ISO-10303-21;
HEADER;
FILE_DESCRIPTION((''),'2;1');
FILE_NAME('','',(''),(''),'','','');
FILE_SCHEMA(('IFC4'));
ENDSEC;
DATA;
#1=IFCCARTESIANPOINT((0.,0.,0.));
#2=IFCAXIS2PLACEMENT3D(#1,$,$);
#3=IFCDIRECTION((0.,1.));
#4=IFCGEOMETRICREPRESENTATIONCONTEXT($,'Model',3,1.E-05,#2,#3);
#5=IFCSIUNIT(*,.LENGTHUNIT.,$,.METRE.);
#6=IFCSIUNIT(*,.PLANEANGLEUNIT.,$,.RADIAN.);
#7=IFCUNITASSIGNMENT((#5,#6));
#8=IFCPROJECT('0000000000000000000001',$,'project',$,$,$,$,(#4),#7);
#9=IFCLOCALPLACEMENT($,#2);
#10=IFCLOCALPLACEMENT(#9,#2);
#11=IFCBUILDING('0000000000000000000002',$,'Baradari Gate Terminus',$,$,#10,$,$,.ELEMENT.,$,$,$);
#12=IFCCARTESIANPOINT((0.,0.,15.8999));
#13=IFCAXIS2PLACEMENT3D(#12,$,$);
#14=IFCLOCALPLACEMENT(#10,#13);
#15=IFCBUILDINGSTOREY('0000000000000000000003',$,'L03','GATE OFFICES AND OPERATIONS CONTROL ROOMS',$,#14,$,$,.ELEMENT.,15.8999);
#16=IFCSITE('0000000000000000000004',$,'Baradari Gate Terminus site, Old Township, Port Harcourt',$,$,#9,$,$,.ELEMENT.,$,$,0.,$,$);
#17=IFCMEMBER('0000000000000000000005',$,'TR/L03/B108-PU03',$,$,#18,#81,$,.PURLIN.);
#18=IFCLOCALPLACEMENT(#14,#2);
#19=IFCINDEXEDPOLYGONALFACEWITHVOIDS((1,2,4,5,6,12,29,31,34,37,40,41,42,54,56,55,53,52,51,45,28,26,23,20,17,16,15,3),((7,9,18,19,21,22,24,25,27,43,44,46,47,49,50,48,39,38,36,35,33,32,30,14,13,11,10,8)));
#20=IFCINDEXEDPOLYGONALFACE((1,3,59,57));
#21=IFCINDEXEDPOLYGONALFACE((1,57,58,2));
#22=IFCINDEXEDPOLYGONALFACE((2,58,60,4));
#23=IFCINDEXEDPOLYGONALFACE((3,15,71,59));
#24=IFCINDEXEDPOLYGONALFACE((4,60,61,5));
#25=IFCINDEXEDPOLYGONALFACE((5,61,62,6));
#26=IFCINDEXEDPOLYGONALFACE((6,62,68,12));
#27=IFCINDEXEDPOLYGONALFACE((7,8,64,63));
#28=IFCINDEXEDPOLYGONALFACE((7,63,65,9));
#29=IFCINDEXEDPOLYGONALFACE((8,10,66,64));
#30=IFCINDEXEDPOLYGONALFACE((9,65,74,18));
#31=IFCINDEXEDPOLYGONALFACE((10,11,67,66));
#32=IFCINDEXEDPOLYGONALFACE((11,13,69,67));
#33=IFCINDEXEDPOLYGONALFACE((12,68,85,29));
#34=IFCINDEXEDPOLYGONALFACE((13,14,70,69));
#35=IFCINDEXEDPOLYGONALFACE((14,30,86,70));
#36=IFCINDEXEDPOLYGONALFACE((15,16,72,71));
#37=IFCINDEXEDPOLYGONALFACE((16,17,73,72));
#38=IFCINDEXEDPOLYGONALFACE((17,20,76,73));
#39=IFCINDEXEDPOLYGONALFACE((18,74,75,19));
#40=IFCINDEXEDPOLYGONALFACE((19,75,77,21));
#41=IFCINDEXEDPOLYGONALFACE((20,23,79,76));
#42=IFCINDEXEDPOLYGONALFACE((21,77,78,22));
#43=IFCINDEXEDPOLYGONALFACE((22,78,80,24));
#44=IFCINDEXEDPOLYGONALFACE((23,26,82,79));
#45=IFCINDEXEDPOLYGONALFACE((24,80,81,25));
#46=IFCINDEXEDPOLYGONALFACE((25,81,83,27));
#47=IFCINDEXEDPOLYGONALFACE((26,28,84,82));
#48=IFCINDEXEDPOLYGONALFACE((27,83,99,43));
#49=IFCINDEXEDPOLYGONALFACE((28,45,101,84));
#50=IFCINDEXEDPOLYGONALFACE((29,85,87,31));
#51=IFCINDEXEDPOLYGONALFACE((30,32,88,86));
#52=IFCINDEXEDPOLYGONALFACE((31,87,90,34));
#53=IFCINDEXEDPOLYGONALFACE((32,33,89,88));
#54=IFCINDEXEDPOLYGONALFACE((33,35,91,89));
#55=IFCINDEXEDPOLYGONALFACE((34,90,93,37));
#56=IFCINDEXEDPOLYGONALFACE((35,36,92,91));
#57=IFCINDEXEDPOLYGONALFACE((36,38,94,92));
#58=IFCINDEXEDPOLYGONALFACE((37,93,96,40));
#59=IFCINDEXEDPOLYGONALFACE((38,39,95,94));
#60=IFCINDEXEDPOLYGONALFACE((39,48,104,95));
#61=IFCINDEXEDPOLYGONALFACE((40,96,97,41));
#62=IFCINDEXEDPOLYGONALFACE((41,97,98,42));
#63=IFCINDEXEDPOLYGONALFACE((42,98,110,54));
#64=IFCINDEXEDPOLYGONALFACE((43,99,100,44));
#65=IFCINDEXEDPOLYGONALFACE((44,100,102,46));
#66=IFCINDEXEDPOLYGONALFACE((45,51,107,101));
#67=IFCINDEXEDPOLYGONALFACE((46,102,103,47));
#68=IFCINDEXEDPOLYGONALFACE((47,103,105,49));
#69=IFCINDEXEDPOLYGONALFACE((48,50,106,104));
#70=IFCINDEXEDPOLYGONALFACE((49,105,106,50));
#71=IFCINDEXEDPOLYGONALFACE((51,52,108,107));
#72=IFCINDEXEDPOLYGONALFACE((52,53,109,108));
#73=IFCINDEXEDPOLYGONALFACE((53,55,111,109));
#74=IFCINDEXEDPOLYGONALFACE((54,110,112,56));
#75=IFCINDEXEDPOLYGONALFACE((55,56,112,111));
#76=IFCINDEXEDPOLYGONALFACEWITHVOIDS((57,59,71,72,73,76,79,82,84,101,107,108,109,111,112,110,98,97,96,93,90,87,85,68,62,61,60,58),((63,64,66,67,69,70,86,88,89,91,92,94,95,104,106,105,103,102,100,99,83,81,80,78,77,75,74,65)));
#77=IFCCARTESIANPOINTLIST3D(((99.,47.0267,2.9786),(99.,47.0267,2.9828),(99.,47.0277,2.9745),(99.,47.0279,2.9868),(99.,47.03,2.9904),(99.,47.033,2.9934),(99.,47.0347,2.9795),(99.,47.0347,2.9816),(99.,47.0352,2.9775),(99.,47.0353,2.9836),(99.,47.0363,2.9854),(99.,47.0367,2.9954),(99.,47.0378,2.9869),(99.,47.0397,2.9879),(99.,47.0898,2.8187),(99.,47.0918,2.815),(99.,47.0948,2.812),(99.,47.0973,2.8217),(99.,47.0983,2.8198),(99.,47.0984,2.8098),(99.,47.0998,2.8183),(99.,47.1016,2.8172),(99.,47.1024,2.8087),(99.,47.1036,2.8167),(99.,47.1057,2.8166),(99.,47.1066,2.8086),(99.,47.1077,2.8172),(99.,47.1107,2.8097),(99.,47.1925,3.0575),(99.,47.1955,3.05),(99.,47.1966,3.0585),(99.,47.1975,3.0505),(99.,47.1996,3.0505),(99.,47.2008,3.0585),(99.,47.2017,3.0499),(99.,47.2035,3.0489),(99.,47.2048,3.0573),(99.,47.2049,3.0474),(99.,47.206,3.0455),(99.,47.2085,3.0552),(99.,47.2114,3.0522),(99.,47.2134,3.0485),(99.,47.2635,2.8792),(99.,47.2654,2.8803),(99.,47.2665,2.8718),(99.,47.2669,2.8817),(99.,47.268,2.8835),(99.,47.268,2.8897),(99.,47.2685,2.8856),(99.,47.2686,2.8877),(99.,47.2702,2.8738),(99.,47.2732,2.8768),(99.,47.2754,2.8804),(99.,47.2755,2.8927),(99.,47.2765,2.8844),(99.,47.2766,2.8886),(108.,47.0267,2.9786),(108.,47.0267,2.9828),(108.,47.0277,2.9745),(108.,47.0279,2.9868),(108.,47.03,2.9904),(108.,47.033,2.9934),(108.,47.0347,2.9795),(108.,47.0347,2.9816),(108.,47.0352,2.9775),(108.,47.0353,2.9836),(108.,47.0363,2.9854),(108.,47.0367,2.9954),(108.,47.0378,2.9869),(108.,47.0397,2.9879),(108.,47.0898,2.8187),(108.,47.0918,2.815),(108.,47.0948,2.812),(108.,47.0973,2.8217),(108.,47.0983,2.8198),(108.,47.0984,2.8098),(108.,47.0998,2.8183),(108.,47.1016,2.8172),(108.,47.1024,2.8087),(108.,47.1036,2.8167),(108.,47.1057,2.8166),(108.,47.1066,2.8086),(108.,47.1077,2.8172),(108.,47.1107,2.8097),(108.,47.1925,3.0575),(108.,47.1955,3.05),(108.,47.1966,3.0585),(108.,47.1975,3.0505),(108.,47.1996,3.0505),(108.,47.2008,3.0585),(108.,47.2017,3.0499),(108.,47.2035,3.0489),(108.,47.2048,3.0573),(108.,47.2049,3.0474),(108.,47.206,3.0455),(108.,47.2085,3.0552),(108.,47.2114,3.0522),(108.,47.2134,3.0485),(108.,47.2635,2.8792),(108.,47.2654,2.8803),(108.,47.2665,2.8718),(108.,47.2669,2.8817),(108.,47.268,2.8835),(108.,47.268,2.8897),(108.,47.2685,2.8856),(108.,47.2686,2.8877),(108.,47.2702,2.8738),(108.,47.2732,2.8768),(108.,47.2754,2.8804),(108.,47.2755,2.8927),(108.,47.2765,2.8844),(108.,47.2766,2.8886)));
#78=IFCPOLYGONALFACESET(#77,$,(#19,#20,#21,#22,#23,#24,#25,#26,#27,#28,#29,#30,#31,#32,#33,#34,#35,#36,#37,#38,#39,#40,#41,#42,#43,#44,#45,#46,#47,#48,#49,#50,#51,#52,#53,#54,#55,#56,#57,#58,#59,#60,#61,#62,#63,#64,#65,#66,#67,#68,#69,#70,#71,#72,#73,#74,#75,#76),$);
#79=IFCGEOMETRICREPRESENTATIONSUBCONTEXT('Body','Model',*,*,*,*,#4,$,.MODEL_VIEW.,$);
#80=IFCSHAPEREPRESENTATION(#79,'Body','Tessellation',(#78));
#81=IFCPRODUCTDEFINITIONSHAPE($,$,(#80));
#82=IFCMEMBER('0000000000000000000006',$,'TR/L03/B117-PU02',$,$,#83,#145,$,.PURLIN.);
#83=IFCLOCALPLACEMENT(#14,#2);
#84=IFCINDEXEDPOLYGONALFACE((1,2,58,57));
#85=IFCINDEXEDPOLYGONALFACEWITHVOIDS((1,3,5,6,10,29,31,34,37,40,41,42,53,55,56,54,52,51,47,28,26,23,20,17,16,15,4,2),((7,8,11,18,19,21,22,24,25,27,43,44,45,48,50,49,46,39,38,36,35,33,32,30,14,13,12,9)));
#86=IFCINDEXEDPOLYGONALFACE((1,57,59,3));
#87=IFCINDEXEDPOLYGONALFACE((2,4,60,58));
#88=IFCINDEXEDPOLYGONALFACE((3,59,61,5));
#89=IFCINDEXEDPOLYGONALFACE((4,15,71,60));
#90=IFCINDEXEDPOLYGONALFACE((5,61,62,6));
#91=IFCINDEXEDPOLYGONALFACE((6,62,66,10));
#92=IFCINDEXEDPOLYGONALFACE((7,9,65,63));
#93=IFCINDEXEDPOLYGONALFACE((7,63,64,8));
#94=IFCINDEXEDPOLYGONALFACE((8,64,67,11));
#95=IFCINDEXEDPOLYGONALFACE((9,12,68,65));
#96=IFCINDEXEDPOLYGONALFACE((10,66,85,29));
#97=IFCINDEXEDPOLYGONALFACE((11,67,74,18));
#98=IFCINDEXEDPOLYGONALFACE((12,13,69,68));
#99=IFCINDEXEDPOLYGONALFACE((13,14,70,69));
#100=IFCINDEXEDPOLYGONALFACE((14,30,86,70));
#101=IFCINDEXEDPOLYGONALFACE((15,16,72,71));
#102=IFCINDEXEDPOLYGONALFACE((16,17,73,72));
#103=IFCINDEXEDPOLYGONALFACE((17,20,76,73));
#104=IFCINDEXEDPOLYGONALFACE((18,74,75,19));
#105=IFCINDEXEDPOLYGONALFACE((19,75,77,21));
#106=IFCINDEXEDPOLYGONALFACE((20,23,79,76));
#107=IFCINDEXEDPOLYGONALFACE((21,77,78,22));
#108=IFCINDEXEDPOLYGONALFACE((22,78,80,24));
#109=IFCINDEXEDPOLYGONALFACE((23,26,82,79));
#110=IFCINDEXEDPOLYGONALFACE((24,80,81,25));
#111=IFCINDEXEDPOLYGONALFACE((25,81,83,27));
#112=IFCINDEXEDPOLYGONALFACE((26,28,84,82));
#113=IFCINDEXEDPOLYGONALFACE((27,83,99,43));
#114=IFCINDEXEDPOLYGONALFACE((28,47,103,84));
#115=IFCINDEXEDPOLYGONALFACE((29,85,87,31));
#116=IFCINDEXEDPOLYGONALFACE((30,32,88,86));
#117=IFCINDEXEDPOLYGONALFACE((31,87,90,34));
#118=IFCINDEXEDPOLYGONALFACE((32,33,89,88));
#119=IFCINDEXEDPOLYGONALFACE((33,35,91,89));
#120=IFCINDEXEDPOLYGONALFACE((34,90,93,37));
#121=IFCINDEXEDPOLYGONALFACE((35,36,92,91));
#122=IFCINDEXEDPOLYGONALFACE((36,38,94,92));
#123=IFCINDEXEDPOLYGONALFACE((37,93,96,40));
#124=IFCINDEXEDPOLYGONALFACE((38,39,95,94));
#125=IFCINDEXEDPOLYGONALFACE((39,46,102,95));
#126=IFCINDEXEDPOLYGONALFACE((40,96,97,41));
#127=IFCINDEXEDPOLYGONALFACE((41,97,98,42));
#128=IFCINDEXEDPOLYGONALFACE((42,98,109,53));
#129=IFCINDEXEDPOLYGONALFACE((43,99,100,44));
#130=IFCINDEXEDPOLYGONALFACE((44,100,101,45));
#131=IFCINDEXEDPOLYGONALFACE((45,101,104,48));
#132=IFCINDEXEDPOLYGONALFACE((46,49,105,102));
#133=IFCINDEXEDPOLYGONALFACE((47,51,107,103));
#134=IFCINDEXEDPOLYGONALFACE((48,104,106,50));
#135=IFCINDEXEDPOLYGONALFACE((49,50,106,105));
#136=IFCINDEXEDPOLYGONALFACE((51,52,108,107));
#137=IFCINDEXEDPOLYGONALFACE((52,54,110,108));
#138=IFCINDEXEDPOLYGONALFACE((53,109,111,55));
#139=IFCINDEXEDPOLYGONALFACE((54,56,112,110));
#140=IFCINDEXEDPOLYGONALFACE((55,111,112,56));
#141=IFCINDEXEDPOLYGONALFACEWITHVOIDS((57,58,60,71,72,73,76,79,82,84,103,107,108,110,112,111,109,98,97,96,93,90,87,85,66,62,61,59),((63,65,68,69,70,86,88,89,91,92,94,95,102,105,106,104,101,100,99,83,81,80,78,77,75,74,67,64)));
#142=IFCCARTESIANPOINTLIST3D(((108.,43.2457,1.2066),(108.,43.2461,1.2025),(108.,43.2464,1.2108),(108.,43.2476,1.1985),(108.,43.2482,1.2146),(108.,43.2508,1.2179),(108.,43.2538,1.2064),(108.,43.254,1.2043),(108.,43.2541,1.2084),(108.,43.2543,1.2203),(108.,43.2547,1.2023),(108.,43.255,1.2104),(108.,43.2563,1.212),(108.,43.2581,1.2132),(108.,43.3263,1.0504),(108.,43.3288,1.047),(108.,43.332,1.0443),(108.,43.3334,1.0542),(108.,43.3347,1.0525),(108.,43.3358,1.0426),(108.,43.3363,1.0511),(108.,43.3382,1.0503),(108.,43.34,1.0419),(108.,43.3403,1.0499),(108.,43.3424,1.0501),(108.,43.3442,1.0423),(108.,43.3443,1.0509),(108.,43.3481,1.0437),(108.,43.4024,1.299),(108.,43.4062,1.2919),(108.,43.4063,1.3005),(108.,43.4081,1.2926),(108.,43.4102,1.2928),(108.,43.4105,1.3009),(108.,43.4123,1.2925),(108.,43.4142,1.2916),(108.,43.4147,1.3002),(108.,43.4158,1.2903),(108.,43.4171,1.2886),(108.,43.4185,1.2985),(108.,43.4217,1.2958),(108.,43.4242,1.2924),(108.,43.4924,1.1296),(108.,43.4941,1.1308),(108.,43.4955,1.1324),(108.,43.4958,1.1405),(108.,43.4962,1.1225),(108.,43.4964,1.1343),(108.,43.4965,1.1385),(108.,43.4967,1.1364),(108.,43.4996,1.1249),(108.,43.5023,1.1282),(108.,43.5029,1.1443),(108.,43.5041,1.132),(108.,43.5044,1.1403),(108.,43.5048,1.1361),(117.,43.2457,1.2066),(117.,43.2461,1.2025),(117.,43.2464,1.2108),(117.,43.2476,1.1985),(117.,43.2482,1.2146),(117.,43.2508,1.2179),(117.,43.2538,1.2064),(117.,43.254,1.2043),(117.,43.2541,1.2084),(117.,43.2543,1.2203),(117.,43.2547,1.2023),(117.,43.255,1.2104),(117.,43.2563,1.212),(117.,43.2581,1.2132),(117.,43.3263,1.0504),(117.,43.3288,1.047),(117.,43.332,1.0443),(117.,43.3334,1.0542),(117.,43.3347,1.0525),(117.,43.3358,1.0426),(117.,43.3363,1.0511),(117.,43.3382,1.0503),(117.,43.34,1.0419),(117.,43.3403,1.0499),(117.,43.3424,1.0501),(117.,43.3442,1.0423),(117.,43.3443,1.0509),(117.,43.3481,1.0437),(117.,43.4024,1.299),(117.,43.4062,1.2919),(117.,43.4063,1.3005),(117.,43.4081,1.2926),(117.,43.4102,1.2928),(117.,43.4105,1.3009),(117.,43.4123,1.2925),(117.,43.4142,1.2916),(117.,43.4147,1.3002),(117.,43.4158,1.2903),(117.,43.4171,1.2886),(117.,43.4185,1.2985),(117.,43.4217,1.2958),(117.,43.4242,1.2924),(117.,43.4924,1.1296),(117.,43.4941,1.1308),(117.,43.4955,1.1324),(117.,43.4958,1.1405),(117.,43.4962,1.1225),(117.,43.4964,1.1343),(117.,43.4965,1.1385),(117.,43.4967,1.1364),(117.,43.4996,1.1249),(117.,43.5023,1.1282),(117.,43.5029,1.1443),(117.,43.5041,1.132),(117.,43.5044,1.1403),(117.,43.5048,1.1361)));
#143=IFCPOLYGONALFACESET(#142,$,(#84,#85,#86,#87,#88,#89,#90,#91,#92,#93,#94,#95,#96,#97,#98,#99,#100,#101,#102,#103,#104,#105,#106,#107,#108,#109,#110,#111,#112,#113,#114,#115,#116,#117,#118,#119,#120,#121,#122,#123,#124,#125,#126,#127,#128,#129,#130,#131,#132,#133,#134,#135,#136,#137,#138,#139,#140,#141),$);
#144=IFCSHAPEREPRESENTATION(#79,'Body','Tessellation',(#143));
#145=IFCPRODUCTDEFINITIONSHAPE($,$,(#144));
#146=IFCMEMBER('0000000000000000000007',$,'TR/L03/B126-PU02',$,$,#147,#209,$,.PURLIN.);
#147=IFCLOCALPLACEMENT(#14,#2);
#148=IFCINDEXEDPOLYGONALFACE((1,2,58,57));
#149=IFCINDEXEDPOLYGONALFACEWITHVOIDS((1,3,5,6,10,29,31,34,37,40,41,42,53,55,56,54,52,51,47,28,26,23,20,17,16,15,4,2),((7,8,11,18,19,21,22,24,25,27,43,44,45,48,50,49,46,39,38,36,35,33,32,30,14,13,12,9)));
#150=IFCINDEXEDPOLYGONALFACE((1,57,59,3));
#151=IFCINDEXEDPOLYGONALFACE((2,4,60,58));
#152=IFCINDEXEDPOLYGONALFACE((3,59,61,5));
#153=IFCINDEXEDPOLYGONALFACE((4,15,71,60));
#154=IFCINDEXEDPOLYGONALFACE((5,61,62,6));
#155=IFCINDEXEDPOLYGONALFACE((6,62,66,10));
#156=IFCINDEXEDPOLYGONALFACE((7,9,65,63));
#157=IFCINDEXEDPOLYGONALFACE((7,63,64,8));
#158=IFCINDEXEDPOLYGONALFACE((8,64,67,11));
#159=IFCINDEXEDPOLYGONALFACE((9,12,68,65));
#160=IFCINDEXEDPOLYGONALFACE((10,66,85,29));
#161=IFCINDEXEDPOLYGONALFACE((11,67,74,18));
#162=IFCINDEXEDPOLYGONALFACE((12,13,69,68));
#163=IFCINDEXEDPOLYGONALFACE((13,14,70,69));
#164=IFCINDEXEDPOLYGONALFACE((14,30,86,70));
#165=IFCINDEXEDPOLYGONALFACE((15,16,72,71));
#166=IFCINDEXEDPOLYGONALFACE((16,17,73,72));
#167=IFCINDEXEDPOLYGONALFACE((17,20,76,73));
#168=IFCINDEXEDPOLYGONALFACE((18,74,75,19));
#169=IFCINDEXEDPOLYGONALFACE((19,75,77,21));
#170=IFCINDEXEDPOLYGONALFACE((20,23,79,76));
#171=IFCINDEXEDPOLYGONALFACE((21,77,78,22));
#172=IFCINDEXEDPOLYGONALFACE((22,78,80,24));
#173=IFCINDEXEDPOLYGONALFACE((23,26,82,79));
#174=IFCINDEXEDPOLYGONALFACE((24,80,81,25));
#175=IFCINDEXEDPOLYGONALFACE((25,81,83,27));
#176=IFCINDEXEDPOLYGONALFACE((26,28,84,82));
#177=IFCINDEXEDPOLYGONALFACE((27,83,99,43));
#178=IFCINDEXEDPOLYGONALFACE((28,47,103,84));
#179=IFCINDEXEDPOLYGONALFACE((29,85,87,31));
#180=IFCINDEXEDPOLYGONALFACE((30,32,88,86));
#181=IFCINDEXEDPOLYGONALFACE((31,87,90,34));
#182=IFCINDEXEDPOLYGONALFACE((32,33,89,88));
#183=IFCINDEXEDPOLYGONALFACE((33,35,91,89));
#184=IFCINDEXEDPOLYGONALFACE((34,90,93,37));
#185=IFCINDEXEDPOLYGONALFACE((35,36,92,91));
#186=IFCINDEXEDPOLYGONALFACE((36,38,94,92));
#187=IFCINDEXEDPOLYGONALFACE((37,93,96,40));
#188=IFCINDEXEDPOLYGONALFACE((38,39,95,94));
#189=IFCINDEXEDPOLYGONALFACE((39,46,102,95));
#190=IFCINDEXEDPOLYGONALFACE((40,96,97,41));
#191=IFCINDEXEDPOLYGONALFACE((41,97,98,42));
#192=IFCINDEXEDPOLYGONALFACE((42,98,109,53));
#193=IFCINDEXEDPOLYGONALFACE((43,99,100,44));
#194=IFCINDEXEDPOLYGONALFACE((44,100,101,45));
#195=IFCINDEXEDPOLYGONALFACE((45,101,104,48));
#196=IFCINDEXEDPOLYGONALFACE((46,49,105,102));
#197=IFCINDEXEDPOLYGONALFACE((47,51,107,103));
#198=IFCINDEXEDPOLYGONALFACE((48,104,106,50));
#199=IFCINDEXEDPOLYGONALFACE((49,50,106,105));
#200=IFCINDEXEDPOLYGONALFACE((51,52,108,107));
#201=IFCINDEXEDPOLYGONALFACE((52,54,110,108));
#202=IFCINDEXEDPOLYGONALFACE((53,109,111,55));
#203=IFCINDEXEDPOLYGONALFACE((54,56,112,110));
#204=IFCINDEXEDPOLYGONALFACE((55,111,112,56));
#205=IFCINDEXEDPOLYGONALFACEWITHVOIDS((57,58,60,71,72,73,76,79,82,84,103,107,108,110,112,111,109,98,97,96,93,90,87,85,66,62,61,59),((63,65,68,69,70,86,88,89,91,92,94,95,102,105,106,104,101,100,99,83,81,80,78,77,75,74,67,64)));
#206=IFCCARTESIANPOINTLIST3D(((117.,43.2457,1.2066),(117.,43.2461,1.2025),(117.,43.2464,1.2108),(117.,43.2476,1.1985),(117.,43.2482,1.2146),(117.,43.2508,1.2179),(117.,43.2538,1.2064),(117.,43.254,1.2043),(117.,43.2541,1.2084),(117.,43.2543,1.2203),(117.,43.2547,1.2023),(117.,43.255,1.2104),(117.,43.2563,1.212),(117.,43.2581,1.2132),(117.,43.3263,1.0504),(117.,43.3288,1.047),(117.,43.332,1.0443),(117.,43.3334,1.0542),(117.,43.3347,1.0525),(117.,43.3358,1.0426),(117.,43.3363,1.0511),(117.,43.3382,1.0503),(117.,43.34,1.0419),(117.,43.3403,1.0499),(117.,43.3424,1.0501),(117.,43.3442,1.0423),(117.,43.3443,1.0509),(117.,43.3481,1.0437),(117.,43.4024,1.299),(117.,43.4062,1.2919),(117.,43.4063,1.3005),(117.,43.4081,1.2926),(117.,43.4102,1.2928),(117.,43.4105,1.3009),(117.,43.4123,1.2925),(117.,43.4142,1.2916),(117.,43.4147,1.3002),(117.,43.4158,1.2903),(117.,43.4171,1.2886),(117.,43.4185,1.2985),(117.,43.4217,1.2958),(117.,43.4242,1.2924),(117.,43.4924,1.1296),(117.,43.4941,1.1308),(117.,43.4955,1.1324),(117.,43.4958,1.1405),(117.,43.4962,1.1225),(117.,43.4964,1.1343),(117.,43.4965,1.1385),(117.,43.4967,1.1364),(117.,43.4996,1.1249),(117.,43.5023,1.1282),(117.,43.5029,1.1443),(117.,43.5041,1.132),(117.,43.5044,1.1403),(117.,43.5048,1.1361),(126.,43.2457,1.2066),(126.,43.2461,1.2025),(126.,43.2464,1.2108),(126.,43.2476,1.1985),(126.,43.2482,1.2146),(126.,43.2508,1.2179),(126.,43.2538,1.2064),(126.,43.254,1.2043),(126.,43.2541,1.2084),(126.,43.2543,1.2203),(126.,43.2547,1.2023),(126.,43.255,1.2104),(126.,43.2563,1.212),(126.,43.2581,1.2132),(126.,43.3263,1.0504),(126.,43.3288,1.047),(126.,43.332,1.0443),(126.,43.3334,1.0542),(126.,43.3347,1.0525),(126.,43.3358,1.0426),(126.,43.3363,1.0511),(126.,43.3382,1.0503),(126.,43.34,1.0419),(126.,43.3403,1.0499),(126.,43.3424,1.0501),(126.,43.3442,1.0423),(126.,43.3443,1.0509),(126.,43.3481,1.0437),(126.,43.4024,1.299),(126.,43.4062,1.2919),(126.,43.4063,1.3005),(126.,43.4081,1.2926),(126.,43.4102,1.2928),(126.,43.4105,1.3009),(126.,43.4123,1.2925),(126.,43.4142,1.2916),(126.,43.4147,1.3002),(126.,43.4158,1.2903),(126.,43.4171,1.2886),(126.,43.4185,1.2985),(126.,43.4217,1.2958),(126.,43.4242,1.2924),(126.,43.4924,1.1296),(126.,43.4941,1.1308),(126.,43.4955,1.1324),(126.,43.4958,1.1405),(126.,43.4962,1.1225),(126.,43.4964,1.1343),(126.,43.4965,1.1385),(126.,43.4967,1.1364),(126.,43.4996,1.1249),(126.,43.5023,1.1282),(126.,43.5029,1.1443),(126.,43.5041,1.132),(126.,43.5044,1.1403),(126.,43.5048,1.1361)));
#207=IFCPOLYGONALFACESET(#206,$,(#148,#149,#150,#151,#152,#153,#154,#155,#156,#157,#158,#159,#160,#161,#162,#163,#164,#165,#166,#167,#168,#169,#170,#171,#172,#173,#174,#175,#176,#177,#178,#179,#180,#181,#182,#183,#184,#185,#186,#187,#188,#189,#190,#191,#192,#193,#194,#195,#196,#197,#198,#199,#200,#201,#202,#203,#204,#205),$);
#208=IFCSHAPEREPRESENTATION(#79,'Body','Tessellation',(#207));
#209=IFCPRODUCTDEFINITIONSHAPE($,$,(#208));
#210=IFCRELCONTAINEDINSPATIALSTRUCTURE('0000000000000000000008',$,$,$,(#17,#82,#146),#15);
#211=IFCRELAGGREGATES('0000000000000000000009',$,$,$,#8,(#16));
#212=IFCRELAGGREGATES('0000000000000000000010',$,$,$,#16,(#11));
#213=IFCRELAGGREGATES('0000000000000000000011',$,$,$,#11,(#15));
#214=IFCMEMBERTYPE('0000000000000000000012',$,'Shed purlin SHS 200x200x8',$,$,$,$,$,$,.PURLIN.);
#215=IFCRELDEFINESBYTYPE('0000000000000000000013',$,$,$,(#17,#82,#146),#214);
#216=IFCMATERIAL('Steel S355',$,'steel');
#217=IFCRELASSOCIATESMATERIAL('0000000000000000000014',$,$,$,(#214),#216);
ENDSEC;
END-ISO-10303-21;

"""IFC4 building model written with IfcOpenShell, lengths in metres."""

from ifc_helpers import new_model, si_unit, direction, frame, origin, origin_2d, place, context, subcontext, project, spatial, hollow_rectangle, extrude, material, material_profile, profile_set, type_object, element, save


model = new_model("IFC4")

# Units and contexts
model_context = context("Model", 3, precision=1e-05, world=origin(), true_north=direction((0.0, 1.0)))
body_context = subcontext(model_context, "Body", "Model", "MODEL_VIEW")
ifc_project = project(units=[si_unit("LENGTHUNIT", "METRE"), si_unit("PLANEANGLEUNIT", "RADIAN")], contexts=[model_context])

# Site, building, storey
site_placement = place(None, origin())
site = spatial("IfcSite", under=ifc_project, at=site_placement, Name="Baradari Gate Terminus site, Old Township, Port Harcourt", CompositionType="ELEMENT", RefElevation=0.0)
building_placement = place(site_placement, origin())
building = spatial("IfcBuilding", under=site, at=building_placement, Name="Baradari Gate Terminus", CompositionType="ELEMENT")
storey_placement = place(building_placement, frame((0.0, 0.0, 15.8999)))
storey = spatial("IfcBuildingStorey", under=building, at=storey_placement, Name="L03", Description="GATE OFFICES AND OPERATIONS CONTROL ROOMS", CompositionType="ELEMENT", Elevation=15.8999)

# Members
ifc_material_1 = material(Name="Steel S355", Category="steel")
ifc_material_profile_1 = material_profile(ifc_material_1, hollow_rectangle(XDim=0.2, YDim=0.2, WallThickness=0.0081, InnerFilletRadius=0.0081, OuterFilletRadius=0.0161, at=origin_2d()), Name="SHS 200x200x8")
ifc_profile_set_1 = profile_set([ifc_material_profile_1], Name="Steel S355")
member_type_1 = type_object("IfcMemberType", Name="Shed purlin SHS 200x200x8", PredefinedType="PURLIN", material=ifc_profile_set_1)
for number, where, z_axis, x_axis, name in (
    (1, (99.0, 47.1516, 2.9336), (1.0, 0.0, 0.0), (0.0, 0.928965, 0.370167), "TR/L03/B108-PU03"),
    (2, (108.0, 43.3752, 1.1714), (1.0, 0.0, 0.0), (0.0, 0.883027, 0.469322), "TR/L03/B117-PU02"),
    (3, (117.0, 43.3752, 1.1714), (1.0, 0.0, 0.0), (0.0, 0.883027, 0.469322), "TR/L03/B126-PU02"),
):
    element("IfcMember", number, at=place(storey_placement, frame(where, z_axis=z_axis, x_axis=x_axis)), inside=storey, type_object=member_type_1, Name=name, PredefinedType="PURLIN", context=body_context, shape_type="SweptSolid", body=[
        extrude(hollow_rectangle(XDim=0.2, YDim=0.2, WallThickness=0.0081, InnerFilletRadius=0.0081, OuterFilletRadius=0.0161, at=origin_2d()), origin(), (0.0, 0.0, 1.0), 9.0),
    ])

save(model, "model.ifc")
